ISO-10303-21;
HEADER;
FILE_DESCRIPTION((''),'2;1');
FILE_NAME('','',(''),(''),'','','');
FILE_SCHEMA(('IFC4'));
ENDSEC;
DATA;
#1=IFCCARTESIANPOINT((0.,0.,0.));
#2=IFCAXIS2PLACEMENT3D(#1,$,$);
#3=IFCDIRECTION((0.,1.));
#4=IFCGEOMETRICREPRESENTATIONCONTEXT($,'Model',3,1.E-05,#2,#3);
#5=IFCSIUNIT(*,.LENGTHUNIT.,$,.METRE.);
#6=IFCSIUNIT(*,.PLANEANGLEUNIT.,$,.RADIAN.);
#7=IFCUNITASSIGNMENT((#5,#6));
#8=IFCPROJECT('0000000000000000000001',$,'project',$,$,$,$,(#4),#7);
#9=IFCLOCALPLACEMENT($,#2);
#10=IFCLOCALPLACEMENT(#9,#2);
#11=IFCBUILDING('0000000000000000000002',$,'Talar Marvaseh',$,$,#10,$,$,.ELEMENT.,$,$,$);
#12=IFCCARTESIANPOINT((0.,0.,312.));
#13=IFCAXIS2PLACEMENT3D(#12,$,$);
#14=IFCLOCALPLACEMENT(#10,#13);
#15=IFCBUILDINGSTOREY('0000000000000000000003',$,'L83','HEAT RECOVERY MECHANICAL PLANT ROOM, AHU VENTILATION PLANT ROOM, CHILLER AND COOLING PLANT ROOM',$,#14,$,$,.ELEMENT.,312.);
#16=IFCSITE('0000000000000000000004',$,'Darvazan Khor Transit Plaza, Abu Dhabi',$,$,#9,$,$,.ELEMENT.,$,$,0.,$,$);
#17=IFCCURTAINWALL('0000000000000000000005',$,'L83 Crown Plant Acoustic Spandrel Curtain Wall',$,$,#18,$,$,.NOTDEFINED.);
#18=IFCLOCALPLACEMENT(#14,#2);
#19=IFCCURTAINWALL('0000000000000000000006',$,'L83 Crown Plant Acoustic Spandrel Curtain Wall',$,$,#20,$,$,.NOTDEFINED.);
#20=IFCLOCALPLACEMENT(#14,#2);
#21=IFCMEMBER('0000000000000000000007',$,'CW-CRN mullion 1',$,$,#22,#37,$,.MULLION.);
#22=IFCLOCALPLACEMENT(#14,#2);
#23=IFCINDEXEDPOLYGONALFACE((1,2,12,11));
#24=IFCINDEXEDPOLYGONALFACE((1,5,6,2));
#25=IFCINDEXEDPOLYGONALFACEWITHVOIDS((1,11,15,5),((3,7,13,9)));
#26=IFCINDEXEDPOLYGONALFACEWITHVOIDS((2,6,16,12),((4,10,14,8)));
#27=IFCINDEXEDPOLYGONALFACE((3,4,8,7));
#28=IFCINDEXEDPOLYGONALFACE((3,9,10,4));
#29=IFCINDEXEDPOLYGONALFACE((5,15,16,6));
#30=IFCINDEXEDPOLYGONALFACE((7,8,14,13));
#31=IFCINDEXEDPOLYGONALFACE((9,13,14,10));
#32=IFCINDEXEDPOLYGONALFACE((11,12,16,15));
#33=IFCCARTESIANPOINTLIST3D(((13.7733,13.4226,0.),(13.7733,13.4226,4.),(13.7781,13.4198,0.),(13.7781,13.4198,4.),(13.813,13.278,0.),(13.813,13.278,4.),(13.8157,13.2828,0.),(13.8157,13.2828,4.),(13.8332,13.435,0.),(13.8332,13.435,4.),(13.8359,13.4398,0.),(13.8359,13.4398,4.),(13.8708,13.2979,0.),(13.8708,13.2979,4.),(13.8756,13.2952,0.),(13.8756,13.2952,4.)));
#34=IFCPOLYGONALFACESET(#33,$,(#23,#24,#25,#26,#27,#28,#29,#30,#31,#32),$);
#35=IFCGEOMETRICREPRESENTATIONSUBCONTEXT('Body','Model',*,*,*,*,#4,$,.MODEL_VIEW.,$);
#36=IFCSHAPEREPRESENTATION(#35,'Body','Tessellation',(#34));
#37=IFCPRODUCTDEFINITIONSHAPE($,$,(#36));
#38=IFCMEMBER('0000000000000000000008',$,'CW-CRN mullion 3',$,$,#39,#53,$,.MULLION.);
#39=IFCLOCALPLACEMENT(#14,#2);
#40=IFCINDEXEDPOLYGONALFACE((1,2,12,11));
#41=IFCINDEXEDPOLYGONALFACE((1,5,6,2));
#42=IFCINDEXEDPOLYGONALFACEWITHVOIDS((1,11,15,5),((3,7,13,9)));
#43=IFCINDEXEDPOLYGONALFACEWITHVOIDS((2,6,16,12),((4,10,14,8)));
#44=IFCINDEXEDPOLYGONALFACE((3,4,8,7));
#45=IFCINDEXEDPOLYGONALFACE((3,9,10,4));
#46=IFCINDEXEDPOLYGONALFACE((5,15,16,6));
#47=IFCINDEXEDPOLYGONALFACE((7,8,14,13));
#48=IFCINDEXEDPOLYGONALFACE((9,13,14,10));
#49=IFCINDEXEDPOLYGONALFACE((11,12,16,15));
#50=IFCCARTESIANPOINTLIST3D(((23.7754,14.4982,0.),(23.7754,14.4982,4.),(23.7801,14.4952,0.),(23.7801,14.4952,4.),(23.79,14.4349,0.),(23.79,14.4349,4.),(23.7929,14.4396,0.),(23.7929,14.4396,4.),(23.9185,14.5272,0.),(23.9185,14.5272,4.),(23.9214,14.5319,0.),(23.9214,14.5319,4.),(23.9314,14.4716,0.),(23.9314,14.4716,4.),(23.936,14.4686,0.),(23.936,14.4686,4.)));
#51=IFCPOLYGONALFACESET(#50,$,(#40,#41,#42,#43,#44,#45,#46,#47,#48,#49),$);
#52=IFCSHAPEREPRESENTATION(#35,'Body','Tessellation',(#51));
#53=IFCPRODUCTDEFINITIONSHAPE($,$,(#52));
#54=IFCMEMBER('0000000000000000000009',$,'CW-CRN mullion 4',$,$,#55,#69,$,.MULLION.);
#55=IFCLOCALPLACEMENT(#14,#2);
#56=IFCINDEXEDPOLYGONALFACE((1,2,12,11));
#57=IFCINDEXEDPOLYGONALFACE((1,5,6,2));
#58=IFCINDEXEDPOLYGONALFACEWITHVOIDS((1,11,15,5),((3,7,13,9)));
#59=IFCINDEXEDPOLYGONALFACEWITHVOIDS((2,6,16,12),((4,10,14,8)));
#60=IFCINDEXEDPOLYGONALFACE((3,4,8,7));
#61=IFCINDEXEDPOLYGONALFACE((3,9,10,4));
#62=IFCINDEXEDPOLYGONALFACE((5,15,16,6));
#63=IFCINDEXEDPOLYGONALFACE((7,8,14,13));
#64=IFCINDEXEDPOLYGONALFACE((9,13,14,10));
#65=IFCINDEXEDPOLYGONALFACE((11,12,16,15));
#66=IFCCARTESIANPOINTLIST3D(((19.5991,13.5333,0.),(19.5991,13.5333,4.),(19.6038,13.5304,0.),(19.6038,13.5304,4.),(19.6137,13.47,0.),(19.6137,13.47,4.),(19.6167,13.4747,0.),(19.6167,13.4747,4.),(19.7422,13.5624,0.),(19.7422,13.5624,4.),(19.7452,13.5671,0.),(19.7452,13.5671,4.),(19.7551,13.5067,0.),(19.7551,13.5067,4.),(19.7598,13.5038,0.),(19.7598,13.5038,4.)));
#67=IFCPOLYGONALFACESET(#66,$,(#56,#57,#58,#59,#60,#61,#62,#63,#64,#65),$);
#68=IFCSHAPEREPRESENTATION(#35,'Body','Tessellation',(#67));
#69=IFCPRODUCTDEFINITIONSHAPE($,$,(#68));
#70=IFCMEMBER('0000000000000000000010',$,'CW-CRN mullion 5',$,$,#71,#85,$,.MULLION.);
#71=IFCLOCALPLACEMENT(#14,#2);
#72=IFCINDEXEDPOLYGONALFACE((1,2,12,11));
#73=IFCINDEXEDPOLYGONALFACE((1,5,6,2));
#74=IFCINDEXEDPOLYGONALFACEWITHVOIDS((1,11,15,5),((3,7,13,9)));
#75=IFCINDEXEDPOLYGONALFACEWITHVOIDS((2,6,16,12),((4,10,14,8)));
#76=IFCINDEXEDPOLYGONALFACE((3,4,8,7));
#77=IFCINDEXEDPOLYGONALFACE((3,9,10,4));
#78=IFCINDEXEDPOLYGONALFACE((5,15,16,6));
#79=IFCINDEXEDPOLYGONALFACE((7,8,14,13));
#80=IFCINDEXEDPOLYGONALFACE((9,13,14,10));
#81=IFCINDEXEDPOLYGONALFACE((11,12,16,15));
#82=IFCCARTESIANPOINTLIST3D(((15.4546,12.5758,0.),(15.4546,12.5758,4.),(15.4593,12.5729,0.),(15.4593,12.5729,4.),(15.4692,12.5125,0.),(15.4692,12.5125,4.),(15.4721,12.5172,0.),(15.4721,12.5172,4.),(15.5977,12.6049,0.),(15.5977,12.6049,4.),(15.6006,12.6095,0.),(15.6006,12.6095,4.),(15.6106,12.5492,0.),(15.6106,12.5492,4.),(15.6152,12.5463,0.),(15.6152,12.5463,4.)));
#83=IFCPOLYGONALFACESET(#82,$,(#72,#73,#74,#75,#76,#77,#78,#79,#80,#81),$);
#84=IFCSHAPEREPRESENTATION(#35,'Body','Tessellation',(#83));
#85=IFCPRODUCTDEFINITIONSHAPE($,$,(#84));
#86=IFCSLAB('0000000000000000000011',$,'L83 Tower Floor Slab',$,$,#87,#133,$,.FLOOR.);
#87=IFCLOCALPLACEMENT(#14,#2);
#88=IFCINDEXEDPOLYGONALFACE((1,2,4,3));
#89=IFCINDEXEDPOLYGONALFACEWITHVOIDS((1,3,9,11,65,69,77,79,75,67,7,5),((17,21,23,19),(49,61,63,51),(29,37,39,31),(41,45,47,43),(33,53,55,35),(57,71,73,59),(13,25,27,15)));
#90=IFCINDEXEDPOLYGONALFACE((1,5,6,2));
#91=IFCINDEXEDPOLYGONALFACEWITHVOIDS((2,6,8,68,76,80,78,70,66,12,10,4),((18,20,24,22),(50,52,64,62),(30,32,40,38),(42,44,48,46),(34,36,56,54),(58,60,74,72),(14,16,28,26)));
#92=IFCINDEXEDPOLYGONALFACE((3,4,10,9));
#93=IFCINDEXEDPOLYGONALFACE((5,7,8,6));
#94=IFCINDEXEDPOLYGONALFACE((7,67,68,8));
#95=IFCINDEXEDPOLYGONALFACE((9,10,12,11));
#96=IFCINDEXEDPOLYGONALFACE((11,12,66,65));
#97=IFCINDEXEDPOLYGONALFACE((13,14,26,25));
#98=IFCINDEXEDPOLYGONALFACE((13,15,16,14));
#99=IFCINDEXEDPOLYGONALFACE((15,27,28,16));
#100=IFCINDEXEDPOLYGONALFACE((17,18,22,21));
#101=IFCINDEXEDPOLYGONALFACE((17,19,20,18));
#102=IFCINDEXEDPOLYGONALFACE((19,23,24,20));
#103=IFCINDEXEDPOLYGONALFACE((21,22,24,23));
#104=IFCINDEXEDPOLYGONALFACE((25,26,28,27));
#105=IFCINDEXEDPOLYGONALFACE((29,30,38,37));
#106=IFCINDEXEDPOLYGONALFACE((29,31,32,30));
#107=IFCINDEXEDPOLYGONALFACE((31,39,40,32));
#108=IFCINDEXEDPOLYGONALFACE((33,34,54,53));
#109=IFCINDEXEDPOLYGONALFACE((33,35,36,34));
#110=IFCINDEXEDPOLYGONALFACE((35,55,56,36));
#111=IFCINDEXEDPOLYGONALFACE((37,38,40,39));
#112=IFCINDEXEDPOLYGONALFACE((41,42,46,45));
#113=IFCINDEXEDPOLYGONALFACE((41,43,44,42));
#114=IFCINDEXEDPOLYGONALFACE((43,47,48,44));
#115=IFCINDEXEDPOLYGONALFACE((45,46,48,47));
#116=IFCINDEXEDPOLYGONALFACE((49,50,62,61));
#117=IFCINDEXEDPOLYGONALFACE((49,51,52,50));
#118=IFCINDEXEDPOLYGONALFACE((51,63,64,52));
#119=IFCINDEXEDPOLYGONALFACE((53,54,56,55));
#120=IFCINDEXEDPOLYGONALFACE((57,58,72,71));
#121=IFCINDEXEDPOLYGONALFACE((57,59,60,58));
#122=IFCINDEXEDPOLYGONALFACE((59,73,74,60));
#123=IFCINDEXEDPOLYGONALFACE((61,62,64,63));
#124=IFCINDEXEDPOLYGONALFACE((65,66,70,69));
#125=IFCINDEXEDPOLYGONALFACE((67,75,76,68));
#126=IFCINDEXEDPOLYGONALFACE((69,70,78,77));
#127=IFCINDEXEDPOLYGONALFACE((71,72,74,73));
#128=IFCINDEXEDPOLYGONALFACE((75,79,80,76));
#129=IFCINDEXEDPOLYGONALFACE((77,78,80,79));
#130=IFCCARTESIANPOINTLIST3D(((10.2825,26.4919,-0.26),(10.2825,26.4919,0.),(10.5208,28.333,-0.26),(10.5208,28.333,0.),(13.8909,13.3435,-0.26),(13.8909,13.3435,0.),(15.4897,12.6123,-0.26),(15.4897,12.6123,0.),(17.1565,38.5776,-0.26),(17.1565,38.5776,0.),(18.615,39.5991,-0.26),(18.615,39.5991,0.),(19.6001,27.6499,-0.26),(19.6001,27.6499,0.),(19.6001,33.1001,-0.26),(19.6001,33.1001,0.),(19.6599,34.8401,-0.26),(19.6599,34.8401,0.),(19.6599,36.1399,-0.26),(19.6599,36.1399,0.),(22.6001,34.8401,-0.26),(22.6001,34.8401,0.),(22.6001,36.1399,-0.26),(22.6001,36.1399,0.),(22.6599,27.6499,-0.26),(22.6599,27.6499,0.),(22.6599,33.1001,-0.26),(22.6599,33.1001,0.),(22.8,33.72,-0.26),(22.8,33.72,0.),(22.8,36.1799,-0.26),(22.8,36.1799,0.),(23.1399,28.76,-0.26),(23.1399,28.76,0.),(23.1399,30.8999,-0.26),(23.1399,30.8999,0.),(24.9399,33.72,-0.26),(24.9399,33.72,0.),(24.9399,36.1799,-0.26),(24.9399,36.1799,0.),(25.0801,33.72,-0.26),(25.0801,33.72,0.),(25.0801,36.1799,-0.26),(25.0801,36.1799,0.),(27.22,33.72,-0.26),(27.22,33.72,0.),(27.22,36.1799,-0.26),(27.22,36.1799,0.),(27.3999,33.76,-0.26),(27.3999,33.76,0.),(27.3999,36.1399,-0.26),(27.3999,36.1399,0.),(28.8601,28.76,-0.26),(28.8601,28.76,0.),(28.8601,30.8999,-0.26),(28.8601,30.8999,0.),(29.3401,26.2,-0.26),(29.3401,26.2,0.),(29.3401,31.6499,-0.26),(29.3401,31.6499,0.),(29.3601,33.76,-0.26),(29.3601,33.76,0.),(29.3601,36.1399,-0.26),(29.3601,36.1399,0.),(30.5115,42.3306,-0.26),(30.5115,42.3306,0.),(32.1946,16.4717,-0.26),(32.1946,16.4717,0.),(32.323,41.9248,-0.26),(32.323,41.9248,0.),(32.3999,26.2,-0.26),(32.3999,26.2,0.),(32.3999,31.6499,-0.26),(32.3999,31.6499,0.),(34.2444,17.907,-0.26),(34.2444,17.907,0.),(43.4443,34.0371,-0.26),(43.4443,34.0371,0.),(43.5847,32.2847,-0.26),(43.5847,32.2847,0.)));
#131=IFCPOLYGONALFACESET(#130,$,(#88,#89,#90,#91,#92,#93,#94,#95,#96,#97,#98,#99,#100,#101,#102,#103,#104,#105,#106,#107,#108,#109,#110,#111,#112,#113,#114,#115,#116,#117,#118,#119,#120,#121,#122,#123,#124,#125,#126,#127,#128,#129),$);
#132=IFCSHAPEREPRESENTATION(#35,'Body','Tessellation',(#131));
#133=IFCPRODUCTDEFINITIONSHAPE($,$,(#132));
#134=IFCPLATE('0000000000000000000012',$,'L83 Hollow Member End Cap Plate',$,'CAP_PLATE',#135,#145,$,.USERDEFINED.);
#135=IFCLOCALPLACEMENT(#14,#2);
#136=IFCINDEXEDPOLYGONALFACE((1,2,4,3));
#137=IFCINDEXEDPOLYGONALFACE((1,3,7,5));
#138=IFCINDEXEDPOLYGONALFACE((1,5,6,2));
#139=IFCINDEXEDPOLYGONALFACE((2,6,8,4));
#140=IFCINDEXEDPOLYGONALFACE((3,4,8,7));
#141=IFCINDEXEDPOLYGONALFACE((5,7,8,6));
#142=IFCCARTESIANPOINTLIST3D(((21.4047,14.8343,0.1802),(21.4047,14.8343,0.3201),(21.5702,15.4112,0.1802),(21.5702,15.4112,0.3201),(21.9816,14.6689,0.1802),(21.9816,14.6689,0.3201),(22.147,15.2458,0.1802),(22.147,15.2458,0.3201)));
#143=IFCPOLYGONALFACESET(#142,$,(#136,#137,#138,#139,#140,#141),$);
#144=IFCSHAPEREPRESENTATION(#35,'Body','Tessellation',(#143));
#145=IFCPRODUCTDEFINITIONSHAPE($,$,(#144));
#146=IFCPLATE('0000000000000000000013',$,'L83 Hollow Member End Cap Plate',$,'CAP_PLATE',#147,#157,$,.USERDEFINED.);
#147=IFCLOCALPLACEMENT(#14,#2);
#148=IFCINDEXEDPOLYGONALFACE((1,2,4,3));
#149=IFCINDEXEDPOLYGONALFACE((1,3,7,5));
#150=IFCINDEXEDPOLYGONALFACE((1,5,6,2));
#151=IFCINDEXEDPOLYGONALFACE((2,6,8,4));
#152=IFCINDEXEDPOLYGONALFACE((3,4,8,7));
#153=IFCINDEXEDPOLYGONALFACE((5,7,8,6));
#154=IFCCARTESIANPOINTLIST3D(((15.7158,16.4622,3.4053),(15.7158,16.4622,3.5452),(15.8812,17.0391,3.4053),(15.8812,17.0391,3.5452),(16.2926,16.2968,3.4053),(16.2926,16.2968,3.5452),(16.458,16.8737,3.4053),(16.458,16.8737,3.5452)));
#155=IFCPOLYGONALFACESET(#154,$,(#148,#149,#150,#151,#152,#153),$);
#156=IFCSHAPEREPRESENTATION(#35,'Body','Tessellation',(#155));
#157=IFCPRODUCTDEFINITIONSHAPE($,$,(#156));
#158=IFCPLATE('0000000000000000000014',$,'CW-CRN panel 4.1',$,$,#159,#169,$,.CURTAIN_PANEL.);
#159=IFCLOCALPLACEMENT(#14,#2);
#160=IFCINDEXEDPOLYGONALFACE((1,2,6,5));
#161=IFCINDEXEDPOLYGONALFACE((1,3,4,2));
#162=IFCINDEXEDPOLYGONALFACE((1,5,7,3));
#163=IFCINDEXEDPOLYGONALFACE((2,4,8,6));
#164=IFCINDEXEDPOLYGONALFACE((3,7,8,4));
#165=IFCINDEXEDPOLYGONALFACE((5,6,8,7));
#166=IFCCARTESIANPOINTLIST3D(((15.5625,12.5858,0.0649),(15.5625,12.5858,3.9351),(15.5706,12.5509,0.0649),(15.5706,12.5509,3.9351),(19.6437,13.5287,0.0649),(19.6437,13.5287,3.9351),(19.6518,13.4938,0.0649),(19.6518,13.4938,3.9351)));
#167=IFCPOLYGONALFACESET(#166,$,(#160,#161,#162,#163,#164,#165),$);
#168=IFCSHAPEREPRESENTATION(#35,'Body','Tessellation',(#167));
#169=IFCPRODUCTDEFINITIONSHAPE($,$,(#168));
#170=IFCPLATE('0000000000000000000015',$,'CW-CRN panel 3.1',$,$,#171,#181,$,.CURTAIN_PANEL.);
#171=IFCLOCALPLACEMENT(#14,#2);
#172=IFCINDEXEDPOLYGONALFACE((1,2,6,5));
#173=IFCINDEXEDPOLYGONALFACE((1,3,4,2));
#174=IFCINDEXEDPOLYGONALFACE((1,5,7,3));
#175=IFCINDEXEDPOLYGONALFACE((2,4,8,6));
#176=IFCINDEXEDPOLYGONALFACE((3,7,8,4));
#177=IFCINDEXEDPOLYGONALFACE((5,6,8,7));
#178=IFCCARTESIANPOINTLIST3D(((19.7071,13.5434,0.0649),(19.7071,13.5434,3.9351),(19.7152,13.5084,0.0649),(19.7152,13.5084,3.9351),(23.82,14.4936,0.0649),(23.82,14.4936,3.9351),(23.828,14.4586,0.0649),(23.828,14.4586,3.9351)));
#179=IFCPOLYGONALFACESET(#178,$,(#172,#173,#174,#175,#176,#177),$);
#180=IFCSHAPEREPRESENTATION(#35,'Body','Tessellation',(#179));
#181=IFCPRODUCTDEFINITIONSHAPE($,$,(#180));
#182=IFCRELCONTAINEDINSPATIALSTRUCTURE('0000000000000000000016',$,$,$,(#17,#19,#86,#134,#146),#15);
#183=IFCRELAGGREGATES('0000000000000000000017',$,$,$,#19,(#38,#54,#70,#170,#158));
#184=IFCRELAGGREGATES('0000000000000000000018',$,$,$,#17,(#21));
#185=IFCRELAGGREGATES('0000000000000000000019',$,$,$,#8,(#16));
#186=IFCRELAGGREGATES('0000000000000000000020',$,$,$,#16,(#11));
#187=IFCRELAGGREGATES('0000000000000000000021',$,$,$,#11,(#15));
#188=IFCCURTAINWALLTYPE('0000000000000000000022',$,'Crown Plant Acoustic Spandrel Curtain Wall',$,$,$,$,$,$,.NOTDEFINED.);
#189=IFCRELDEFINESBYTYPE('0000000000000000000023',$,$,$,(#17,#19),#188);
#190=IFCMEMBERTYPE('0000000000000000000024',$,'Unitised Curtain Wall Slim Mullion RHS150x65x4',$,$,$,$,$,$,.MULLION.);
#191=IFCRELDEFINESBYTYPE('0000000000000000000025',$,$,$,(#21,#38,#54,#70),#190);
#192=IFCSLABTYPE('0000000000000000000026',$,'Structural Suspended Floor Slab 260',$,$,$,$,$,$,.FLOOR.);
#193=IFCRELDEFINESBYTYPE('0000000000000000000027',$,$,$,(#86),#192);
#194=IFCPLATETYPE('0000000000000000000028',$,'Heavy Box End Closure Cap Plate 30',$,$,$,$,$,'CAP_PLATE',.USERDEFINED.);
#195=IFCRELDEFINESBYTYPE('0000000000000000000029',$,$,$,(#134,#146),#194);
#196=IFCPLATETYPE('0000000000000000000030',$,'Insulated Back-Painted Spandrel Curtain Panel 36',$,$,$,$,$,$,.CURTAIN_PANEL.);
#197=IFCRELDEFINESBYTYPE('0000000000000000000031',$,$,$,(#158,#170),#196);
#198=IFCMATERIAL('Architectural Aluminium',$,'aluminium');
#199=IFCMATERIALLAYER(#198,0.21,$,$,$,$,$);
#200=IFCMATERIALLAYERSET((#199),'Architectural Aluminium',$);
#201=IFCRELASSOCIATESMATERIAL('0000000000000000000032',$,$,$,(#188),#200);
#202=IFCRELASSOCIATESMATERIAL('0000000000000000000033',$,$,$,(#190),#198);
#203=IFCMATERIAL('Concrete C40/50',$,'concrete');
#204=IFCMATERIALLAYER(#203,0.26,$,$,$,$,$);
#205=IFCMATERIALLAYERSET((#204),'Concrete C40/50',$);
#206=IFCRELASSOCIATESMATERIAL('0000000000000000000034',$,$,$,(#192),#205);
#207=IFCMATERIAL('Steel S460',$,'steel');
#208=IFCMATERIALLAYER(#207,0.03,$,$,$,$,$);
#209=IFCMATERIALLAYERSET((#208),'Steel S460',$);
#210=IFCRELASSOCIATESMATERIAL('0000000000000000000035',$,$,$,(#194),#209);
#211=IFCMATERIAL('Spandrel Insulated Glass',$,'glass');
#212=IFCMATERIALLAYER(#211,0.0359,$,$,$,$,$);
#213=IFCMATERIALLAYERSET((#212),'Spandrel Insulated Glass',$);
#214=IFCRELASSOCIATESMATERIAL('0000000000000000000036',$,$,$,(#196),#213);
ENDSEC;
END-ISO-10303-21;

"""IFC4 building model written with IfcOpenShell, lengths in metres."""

from ifc_helpers import new_model, si_unit, direction, frame, origin, origin_2d, place, context, subcontext, project, spatial, polyline, rectangle, hollow_rectangle, outline, extrude, source, transform, mapped, material, layer, layer_set, material_profile, profile_set, type_object, type_shapes, element, aggregate, save


model = new_model("IFC4")

# Units and contexts
model_context = context("Model", 3, precision=1e-05, world=origin(), true_north=direction((0.0, 1.0)))
body_context = subcontext(model_context, "Body", "Model", "MODEL_VIEW")
ifc_project = project(units=[si_unit("LENGTHUNIT", "METRE"), si_unit("PLANEANGLEUNIT", "RADIAN")], contexts=[model_context])

# Site, building, storey
site_placement = place(None, origin())
site = spatial("IfcSite", under=ifc_project, at=site_placement, Name="Darvazan Khor Transit Plaza, Abu Dhabi", CompositionType="ELEMENT", RefElevation=0.0)
building_placement = place(site_placement, origin())
building = spatial("IfcBuilding", under=site, at=building_placement, Name="Talar Marvaseh", CompositionType="ELEMENT")
storey_placement = place(building_placement, frame((0.0, 0.0, 312.0)))
storey = spatial("IfcBuildingStorey", under=building, at=storey_placement, Name="L83", Description="HEAT RECOVERY MECHANICAL PLANT ROOM, AHU VENTILATION PLANT ROOM, CHILLER AND COOLING PLANT ROOM", CompositionType="ELEMENT", Elevation=312.0)

# Shared definitions
ifc_material_1 = material(Name="Steel S460", Category="steel")

# Curtain walls
ifc_material_2 = material(Name="Architectural Aluminium", Category="aluminium")
ifc_layer_1 = layer(ifc_material_2, 0.21)
ifc_layer_set_1 = layer_set([ifc_layer_1], Name="Architectural Aluminium")
curtain_wall_type = type_object("IfcCurtainWallType", Name="Crown Plant Acoustic Spandrel Curtain Wall", PredefinedType="NOTDEFINED", material=ifc_layer_set_1)
curtain_wall_1_placement = place(storey_placement, origin())
curtain_wall_1 = element("IfcCurtainWall", 1, at=curtain_wall_1_placement, inside=storey, type_object=curtain_wall_type, Name="L83 Crown Plant Acoustic Spandrel Curtain Wall", PredefinedType="NOTDEFINED")
curtain_wall_2_placement = place(storey_placement, origin())
curtain_wall_2 = element("IfcCurtainWall", 2, at=curtain_wall_2_placement, inside=storey, type_object=curtain_wall_type, Name="L83 Crown Plant Acoustic Spandrel Curtain Wall", PredefinedType="NOTDEFINED")

# Members
ifc_material_profile_1 = material_profile(ifc_material_2, hollow_rectangle(XDim=0.0649, YDim=0.1499, WallThickness=0.0039, at=origin_2d()), Name="RHS150x65x4")
ifc_profile_set_1 = profile_set([ifc_material_profile_1], Name="Architectural Aluminium")
member_type_1 = type_object("IfcMemberType", Name="Unitised Curtain Wall Slim Mullion RHS150x65x4", PredefinedType="MULLION", material=ifc_profile_set_1)
shared_shape_1 = source(origin(), body_context, "Body", "SweptSolid", [
    extrude(hollow_rectangle(XDim=0.0649, YDim=0.1499, WallThickness=0.0039, at=origin_2d()), origin(), (0.0, 0.0, 1.0), 4.0),
])
type_shapes(member_type_1, [shared_shape_1])
member_1_placement = place(storey_placement, frame((13.8245, 13.3589, 0.0), z_axis=(0.0, 0.0, 1.0), x_axis=(-0.964345, -0.264649, 0.0)))
member_1 = element("IfcMember", 3, at=member_1_placement, type_object=member_type_1, Name="CW-CRN mullion 1", PredefinedType="MULLION", context=body_context, shape_type="MappedRepresentation", body=[
    mapped(shared_shape_1, transform((0.0, 0.0, 0.0), x_axis=(1.0, 0.0, 0.0), y_axis=(0.0, 1.0, 0.0), z_axis=(0.0, 0.0, 1.0), scale=1.0)),
])
member_2_placement = place(storey_placement, frame((23.8557, 14.4834, 0.0), z_axis=(0.0, 0.0, 1.0), x_axis=(0.225103, -0.974335, 0.0)))
member_2 = element("IfcMember", 4, at=member_2_placement, type_object=member_type_1, Name="CW-CRN mullion 3", PredefinedType="MULLION", context=body_context, shape_type="MappedRepresentation", body=[
    mapped(shared_shape_1, transform((0.0, 0.0, 0.0), x_axis=(1.0, 0.0, 0.0), y_axis=(0.0, 1.0, 0.0), z_axis=(0.0, 0.0, 1.0), scale=1.0)),
])
member_3_placement = place(storey_placement, frame((19.6794, 13.5186, 0.0), z_axis=(0.0, 0.0, 1.0), x_axis=(0.225103, -0.974335, 0.0)))
member_3 = element("IfcMember", 5, at=member_3_placement, type_object=member_type_1, Name="CW-CRN mullion 4", PredefinedType="MULLION", context=body_context, shape_type="MappedRepresentation", body=[
    mapped(shared_shape_1, transform((0.0, 0.0, 0.0), x_axis=(1.0, 0.0, 0.0), y_axis=(0.0, 1.0, 0.0), z_axis=(0.0, 0.0, 1.0), scale=1.0)),
])
member_4_placement = place(storey_placement, frame((15.5349, 12.561, 0.0), z_axis=(0.0, 0.0, 1.0), x_axis=(0.225103, -0.974335, 0.0)))
member_4 = element("IfcMember", 6, at=member_4_placement, type_object=member_type_1, Name="CW-CRN mullion 5", PredefinedType="MULLION", context=body_context, shape_type="MappedRepresentation", body=[
    mapped(shared_shape_1, transform((0.0, 0.0, 0.0), x_axis=(1.0, 0.0, 0.0), y_axis=(0.0, 1.0, 0.0), z_axis=(0.0, 0.0, 1.0), scale=1.0)),
])

# Slab
ifc_material_3 = material(Name="Concrete C40/50", Category="concrete")
ifc_layer_2 = layer(ifc_material_3, 0.26)
ifc_layer_set_2 = layer_set([ifc_layer_2], Name="Concrete C40/50")
slab_type = type_object("IfcSlabType", Name="Structural Suspended Floor Slab 260", PredefinedType="FLOOR", material=ifc_layer_set_2)
slab_placement = place(storey_placement, frame((0.0, 0.0, -0.26)))
element("IfcSlab", 7, at=slab_placement, inside=storey, type_object=slab_type, Name="L83 Tower Floor Slab", PredefinedType="FLOOR", context=body_context, shape_type="SweptSolid", body=[
    extrude(outline(polyline([(15.4897, 12.6123), (13.8909, 13.3435), (10.2825, 26.4919), (10.5208, 28.333), (17.1565, 38.5776), (18.615, 39.5991), (30.5115, 42.3306), (32.323, 41.9248), (43.4443, 34.0371), (43.5847, 32.2847), (34.2444, 17.907), (32.1946, 16.4717), (15.4897, 12.6123)]), holes=[polyline([(22.6599, 27.6499), (22.6599, 33.1001), (19.6001, 33.1001), (19.6001, 27.6499), (22.6599, 27.6499)]), polyline([(29.3401, 31.6499), (29.3401, 26.2), (32.3999, 26.2), (32.3999, 31.6499), (29.3401, 31.6499)]), polyline([(22.8, 33.72), (24.9399, 33.72), (24.9399, 36.1799), (22.8, 36.1799), (22.8, 33.72)]), polyline([(25.0801, 33.72), (27.22, 33.72), (27.22, 36.1799), (25.0801, 36.1799), (25.0801, 33.72)]), polyline([(19.6599, 34.8401), (22.6001, 34.8401), (22.6001, 36.1399), (19.6599, 36.1399), (19.6599, 34.8401)]), polyline([(27.3999, 33.76), (29.3601, 33.76), (29.3601, 36.1399), (27.3999, 36.1399), (27.3999, 33.76)]), polyline([(23.1399, 28.76), (28.8601, 28.76), (28.8601, 30.8999), (23.1399, 30.8999), (23.1399, 28.76)])]), origin(), (0.0, 0.0, 1.0), 0.26),
])

# Plates
ifc_layer_3 = layer(ifc_material_1, 0.03)
ifc_layer_set_3 = layer_set([ifc_layer_3], Name="Steel S460")
plate_type_1 = type_object("IfcPlateType", Name="Heavy Box End Closure Cap Plate 30", ElementType="CAP_PLATE", PredefinedType="USERDEFINED", material=ifc_layer_set_3)
shared_shape_2 = source(origin(), body_context, "Body", "SweptSolid", [
    extrude(rectangle(XDim=0.6001, YDim=0.6001, at=origin_2d()), origin(), (0.0, 0.0, 1.0), 0.1399),
])
type_shapes(plate_type_1, [shared_shape_2])
for number, where, z_axis, x_axis, name in (
    (8, (21.7759, 15.04, 0.1802), (0.0, 0.0, 1.0), (-0.961262, 0.275637, 0.0), "L83 Hollow Member End Cap Plate"),
    (9, (16.0869, 16.668, 3.4053), (0.0, 0.0, 1.0), (-0.961262, 0.275637, 0.0), "L83 Hollow Member End Cap Plate"),
):
    element("IfcPlate", number, at=place(storey_placement, frame(where, z_axis=z_axis, x_axis=x_axis)), inside=storey, type_object=plate_type_1, Name=name, ObjectType="CAP_PLATE", PredefinedType="USERDEFINED", context=body_context, shape_type="MappedRepresentation", body=[
        mapped(shared_shape_2, transform((0.0, 0.0, 0.0), x_axis=(1.0, 0.0, 0.0), y_axis=(0.0, 1.0, 0.0), z_axis=(0.0, 0.0, 1.0), scale=1.0)),
    ])

# Plates
ifc_material_4 = material(Name="Spandrel Insulated Glass", Category="glass")
ifc_layer_4 = layer(ifc_material_4, 0.0359)
ifc_layer_set_4 = layer_set([ifc_layer_4], Name="Spandrel Insulated Glass")
plate_type_2 = type_object("IfcPlateType", Name="Insulated Back-Painted Spandrel Curtain Panel 36", PredefinedType="CURTAIN_PANEL", material=ifc_layer_set_4)
shared_shape_3 = source(origin(), body_context, "Body", "SweptSolid", [
    extrude(rectangle(XDim=4.1887, YDim=0.0359, at=origin_2d()), origin(), (0.0, 0.0, 1.0), 3.8701),
])
plate_1_placement = place(storey_placement, frame((17.6072, 13.0398, 0.0649), z_axis=(0.0, 0.0, 1.0), x_axis=(-0.974335, -0.225103, 0.0)))
plate_1 = element("IfcPlate", 10, at=plate_1_placement, type_object=plate_type_2, Name="CW-CRN panel 4.1", PredefinedType="CURTAIN_PANEL", context=body_context, shape_type="MappedRepresentation", body=[
    mapped(shared_shape_3, transform((0.0, 0.0, 0.0), x_axis=(1.0, 0.0, 0.0), y_axis=(0.0, 1.0, 0.0), z_axis=(0.0, 0.0, 1.0), scale=1.0)),
])
shared_shape_4 = source(origin(), body_context, "Body", "SweptSolid", [
    extrude(rectangle(XDim=4.2212, YDim=0.0359, at=origin_2d()), origin(), (0.0, 0.0, 1.0), 3.8701),
])
plate_2_placement = place(storey_placement, frame((21.7676, 14.001, 0.0649), z_axis=(0.0, 0.0, 1.0), x_axis=(-0.974335, -0.225103, 0.0)))
plate_2 = element("IfcPlate", 11, at=plate_2_placement, type_object=plate_type_2, Name="CW-CRN panel 3.1", PredefinedType="CURTAIN_PANEL", context=body_context, shape_type="MappedRepresentation", body=[
    mapped(shared_shape_4, transform((0.0, 0.0, 0.0), x_axis=(1.0, 0.0, 0.0), y_axis=(0.0, 1.0, 0.0), z_axis=(0.0, 0.0, 1.0), scale=1.0)),
])
aggregate(curtain_wall_2, [member_2, member_3, member_4, plate_2, plate_1])
aggregate(curtain_wall_1, [member_1])

save(model, "model.ifc")
